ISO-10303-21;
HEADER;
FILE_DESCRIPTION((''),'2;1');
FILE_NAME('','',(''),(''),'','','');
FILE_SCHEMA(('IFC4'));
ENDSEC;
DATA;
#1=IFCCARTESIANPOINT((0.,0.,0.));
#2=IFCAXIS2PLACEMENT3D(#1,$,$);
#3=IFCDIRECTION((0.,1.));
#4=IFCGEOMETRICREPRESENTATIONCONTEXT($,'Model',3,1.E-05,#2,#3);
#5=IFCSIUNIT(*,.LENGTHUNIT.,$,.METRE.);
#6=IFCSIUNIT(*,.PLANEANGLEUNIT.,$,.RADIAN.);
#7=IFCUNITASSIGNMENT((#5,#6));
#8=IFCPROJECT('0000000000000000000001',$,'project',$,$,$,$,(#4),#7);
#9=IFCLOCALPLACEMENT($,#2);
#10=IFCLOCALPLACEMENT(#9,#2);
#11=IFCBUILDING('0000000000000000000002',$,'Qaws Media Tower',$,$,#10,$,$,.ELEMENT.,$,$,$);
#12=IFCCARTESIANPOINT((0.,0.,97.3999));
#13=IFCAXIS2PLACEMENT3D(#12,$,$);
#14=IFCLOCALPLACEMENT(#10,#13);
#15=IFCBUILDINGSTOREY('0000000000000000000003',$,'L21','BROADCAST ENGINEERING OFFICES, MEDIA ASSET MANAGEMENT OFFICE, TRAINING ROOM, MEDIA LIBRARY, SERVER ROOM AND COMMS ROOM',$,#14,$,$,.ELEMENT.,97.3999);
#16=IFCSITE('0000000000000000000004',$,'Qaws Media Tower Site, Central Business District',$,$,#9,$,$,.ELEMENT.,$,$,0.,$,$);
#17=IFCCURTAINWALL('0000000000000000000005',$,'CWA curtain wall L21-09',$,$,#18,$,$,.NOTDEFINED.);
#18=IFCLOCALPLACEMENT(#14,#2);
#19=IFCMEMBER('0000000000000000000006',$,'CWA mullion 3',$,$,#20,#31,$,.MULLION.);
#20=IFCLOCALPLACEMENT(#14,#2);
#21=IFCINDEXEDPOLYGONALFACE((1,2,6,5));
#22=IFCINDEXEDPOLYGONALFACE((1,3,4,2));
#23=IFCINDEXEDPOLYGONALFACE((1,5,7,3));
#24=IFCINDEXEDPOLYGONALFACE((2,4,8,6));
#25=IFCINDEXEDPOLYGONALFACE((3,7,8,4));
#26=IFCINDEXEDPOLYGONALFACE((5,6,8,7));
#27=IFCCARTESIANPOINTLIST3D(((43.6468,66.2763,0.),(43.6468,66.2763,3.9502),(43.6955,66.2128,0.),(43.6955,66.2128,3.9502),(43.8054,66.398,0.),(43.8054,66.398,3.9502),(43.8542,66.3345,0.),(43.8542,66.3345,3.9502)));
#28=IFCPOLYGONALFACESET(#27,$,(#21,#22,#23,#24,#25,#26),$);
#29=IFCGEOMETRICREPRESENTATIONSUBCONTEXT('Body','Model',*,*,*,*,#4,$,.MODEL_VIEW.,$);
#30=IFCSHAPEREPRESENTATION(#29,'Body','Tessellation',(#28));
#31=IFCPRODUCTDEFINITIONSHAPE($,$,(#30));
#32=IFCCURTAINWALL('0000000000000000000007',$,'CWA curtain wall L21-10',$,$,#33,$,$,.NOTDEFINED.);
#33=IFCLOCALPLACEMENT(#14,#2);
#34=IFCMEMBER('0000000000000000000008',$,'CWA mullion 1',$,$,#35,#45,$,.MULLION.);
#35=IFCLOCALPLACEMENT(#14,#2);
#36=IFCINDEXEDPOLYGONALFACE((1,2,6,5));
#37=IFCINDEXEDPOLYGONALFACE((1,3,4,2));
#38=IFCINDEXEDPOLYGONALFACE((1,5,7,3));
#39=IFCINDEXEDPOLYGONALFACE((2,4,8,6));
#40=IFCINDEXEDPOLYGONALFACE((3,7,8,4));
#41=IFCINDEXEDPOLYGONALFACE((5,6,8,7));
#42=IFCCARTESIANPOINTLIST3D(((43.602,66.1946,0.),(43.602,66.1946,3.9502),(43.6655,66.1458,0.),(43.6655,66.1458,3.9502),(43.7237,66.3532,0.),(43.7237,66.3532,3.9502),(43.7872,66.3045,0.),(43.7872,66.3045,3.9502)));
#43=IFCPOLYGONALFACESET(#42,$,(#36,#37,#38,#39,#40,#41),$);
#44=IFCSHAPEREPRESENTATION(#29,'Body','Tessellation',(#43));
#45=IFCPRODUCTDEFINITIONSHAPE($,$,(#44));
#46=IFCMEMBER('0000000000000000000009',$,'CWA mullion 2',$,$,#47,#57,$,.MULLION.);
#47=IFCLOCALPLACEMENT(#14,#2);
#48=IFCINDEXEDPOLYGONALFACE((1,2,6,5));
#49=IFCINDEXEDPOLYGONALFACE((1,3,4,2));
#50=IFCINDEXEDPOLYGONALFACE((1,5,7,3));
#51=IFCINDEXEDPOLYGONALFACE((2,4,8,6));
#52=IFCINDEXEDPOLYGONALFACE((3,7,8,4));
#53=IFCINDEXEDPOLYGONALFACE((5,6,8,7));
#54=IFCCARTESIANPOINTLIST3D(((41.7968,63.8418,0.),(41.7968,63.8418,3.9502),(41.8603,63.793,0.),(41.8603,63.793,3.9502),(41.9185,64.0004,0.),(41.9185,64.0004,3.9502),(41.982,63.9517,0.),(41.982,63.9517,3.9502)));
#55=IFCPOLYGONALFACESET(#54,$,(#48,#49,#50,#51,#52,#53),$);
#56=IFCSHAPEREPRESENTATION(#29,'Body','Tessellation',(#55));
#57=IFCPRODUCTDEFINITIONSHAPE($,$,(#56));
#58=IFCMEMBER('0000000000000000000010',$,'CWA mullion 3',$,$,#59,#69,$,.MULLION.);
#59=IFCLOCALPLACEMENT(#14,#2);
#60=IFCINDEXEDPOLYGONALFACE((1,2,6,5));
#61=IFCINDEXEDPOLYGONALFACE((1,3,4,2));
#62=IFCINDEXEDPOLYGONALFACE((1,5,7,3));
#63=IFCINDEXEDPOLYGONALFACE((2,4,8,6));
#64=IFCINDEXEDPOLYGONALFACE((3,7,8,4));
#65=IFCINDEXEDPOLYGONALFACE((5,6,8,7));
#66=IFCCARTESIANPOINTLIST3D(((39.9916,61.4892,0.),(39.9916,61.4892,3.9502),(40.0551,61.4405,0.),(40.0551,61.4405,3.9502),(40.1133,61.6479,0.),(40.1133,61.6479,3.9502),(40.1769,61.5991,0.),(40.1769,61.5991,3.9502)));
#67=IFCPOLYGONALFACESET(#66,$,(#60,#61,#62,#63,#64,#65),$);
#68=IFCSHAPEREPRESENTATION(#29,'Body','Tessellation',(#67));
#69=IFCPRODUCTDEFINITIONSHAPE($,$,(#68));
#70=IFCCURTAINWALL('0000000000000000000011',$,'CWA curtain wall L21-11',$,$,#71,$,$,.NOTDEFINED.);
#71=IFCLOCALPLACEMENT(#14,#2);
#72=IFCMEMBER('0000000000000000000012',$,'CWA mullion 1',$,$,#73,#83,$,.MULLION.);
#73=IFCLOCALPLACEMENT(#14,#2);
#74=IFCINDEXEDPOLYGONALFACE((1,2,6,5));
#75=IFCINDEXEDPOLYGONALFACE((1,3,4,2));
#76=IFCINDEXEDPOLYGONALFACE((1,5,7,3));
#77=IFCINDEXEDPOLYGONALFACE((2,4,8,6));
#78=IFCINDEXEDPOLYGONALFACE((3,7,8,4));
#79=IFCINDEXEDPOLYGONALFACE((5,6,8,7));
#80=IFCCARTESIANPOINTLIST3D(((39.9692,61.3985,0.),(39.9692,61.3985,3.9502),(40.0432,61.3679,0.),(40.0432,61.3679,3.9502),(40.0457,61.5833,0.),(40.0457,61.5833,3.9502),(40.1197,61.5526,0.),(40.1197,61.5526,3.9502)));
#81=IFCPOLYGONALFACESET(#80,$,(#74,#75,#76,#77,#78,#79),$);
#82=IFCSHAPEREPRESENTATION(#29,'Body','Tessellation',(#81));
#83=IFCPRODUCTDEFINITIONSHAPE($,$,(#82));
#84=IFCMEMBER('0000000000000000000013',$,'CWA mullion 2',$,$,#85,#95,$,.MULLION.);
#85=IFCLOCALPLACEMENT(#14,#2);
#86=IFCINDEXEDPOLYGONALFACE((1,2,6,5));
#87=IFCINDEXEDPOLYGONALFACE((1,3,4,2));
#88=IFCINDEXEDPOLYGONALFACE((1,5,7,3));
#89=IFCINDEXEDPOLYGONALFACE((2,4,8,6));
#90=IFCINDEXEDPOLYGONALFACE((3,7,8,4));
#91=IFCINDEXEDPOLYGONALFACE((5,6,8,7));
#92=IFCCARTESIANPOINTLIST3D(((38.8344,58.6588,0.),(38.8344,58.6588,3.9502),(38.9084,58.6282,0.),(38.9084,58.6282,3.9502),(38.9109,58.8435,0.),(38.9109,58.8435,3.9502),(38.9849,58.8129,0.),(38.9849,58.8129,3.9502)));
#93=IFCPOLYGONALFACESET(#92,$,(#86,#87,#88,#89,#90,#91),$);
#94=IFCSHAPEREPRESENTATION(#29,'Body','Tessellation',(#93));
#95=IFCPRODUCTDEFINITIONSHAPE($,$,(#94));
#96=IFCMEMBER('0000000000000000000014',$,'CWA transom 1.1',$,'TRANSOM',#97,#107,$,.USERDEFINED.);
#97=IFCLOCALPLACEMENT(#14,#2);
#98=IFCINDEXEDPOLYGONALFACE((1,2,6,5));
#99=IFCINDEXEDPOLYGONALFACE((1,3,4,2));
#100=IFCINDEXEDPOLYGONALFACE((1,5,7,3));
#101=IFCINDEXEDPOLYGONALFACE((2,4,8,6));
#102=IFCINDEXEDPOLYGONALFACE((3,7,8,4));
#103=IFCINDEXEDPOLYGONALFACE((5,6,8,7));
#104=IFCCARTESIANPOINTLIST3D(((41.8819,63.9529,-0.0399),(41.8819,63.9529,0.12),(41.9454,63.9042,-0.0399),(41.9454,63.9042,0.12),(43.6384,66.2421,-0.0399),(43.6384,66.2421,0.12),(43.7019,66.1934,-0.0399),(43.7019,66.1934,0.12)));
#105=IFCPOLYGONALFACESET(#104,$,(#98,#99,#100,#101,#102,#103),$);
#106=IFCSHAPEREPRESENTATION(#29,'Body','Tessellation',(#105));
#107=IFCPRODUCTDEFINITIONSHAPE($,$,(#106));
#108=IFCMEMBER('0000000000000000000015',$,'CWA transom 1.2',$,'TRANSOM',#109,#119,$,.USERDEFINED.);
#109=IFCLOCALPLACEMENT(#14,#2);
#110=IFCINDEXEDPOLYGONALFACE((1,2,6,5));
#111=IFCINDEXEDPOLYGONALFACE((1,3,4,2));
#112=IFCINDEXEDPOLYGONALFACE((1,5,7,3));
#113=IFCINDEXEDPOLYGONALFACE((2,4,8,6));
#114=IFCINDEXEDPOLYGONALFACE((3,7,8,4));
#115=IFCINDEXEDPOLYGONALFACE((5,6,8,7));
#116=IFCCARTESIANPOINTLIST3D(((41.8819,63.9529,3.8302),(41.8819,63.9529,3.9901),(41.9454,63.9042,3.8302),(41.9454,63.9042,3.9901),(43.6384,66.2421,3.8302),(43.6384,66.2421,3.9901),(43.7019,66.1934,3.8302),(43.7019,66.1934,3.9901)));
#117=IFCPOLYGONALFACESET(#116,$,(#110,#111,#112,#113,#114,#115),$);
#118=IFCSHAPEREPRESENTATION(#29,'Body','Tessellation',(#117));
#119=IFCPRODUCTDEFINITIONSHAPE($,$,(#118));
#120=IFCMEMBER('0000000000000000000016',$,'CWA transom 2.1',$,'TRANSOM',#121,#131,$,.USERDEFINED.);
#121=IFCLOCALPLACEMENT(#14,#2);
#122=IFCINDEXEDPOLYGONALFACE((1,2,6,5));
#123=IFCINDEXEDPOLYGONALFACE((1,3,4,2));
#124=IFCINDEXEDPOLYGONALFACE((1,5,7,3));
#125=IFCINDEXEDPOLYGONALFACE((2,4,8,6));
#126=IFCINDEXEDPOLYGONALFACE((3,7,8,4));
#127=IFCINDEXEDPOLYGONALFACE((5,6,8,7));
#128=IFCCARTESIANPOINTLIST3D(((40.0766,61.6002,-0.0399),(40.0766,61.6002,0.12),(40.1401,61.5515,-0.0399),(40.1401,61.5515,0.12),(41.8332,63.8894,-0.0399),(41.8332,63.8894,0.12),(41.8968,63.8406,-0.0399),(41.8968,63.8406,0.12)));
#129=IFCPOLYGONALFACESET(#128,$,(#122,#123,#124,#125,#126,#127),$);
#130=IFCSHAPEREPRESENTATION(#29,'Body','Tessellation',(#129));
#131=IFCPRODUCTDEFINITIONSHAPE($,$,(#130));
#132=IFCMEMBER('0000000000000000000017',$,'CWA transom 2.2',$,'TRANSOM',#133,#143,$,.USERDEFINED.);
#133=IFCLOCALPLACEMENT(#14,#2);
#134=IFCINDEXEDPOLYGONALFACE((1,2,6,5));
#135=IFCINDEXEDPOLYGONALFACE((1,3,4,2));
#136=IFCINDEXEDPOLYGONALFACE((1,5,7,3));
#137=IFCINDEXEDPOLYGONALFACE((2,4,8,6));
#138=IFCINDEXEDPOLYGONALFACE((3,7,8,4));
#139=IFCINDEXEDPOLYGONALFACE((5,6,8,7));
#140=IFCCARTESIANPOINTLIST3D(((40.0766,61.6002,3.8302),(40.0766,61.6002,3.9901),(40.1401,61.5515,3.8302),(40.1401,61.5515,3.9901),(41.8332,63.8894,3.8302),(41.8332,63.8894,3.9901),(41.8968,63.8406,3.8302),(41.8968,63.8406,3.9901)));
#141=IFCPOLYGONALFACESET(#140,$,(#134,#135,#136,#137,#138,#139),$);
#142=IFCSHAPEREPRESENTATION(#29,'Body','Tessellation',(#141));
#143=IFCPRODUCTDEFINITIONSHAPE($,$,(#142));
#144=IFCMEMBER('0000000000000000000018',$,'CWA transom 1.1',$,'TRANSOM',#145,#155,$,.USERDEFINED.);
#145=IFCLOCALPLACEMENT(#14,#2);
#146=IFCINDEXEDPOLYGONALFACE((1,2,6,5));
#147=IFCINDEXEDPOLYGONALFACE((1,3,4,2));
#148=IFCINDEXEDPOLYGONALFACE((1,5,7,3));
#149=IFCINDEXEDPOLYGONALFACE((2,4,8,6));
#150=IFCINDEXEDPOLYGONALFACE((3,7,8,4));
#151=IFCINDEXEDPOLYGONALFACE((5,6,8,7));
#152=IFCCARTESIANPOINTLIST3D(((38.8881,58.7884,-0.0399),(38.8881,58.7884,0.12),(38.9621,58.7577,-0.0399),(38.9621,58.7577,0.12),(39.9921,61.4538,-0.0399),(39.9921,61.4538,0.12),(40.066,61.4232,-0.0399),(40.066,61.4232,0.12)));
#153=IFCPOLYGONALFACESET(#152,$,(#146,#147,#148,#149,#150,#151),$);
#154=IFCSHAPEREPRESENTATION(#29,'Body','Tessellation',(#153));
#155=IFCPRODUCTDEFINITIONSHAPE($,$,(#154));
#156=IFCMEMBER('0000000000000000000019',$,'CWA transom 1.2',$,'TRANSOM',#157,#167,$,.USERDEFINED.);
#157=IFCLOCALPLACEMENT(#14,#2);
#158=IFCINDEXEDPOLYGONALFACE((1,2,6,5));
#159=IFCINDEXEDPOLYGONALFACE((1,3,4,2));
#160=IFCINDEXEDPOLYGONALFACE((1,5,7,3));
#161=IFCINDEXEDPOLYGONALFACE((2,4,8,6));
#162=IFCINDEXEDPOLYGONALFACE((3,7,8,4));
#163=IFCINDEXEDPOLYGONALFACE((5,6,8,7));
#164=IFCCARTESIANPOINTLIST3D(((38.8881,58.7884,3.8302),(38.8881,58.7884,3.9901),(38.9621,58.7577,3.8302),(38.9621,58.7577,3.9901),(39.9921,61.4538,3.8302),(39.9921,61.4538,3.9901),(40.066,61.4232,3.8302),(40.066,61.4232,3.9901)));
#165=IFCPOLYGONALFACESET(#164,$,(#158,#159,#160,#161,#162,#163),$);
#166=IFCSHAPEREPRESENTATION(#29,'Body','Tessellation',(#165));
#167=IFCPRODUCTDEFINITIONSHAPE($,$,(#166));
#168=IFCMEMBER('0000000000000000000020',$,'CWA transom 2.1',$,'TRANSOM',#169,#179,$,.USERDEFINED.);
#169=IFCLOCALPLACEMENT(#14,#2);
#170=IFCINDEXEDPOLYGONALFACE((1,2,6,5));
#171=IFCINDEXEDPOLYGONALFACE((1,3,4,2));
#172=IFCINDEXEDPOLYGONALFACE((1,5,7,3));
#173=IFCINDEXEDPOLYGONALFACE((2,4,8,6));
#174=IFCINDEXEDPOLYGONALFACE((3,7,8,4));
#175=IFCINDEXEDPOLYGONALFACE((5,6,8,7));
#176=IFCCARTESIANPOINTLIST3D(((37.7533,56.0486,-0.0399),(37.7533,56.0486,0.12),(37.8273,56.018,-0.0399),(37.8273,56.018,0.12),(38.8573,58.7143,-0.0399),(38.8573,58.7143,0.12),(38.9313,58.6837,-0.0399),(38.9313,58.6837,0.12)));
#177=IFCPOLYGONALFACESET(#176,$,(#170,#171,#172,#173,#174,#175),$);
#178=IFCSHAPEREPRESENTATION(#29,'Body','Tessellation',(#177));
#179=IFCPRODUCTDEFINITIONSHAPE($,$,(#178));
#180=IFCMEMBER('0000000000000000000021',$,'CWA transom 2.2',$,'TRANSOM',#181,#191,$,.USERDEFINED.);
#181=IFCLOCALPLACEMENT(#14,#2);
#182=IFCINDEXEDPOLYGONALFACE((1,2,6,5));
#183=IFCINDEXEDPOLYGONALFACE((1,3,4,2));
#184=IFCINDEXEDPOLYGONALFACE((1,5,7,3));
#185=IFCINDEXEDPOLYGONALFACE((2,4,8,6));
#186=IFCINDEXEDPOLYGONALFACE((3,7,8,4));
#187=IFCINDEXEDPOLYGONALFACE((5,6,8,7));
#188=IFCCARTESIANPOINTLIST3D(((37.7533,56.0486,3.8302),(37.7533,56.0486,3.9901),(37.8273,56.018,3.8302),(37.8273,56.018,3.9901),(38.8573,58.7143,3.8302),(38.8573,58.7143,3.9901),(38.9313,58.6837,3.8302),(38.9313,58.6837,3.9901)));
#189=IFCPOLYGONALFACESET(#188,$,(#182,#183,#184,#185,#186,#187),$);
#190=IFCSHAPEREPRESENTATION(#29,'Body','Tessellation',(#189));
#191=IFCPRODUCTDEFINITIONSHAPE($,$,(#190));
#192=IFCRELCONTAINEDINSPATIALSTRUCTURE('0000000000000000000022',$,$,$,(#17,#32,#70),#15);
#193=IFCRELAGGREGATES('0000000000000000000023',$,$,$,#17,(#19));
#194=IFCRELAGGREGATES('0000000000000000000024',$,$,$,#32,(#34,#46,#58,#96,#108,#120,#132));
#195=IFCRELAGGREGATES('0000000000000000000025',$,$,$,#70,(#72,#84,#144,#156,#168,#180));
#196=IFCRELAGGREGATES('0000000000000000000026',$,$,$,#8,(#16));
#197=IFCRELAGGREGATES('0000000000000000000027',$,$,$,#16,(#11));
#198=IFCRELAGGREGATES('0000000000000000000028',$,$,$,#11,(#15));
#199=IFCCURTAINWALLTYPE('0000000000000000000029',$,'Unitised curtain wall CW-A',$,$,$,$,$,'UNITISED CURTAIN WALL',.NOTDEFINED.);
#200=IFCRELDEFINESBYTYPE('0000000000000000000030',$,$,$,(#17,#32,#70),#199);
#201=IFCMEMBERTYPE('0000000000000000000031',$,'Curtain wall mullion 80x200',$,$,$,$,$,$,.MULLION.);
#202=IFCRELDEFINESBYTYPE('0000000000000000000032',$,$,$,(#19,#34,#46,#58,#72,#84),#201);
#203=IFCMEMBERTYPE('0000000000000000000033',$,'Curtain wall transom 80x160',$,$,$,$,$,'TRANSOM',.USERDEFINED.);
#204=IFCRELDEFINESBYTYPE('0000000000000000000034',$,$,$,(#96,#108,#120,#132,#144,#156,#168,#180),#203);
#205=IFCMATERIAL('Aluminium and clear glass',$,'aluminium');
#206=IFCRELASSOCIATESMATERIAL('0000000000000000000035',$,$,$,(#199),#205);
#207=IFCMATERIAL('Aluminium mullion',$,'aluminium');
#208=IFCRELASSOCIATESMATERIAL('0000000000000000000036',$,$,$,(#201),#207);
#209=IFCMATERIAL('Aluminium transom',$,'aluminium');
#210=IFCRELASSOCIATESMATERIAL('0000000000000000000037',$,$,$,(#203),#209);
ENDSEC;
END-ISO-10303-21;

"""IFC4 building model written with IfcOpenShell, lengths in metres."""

from ifc_helpers import new_model, si_unit, direction, frame, origin, origin_2d, place, context, subcontext, project, spatial, rectangle, extrude, material, material_profile, profile_set, type_object, element, aggregate, save


model = new_model("IFC4")

# Units and contexts
model_context = context("Model", 3, precision=1e-05, world=origin(), true_north=direction((0.0, 1.0)))
body_context = subcontext(model_context, "Body", "Model", "MODEL_VIEW")
ifc_project = project(units=[si_unit("LENGTHUNIT", "METRE"), si_unit("PLANEANGLEUNIT", "RADIAN")], contexts=[model_context])

# Site, building, storey
site_placement = place(None, origin())
site = spatial("IfcSite", under=ifc_project, at=site_placement, Name="Qaws Media Tower Site, Central Business District", CompositionType="ELEMENT", RefElevation=0.0)
building_placement = place(site_placement, origin())
building = spatial("IfcBuilding", under=site, at=building_placement, Name="Qaws Media Tower", CompositionType="ELEMENT")
storey_placement = place(building_placement, frame((0.0, 0.0, 97.3999)))
storey = spatial("IfcBuildingStorey", under=building, at=storey_placement, Name="L21", Description="BROADCAST ENGINEERING OFFICES, MEDIA ASSET MANAGEMENT OFFICE, TRAINING ROOM, MEDIA LIBRARY, SERVER ROOM AND COMMS ROOM", CompositionType="ELEMENT", Elevation=97.3999)

# Curtain wall, member
ifc_material_1 = material(Name="Aluminium and clear glass", Category="aluminium")
curtain_wall_type = type_object("IfcCurtainWallType", Name="Unitised curtain wall CW-A", ElementType="UNITISED CURTAIN WALL", PredefinedType="NOTDEFINED", material=ifc_material_1)
curtain_wall_1_placement = place(storey_placement, origin())
curtain_wall_1 = element("IfcCurtainWall", 1, at=curtain_wall_1_placement, inside=storey, type_object=curtain_wall_type, Name="CWA curtain wall L21-09", PredefinedType="NOTDEFINED")
ifc_material_2 = material(Name="Aluminium mullion", Category="aluminium")
ifc_material_profile_1 = material_profile(ifc_material_2, rectangle(XDim=0.0801, YDim=0.2, at=origin_2d()), Name="80x200")
ifc_profile_set_1 = profile_set([ifc_material_profile_1], Name="Aluminium mullion")
member_type_1 = type_object("IfcMemberType", Name="Curtain wall mullion 80x200", PredefinedType="MULLION", material=ifc_profile_set_1)
member_1_placement = place(storey_placement, frame((43.7505, 66.3054, 0.0), z_axis=(0.0, 0.0, 1.0), x_axis=(0.608761, -0.793353, 0.0)))
member_1 = element("IfcMember", 2, at=member_1_placement, type_object=member_type_1, Name="CWA mullion 3", PredefinedType="MULLION", context=body_context, shape_type="SweptSolid", body=[
    extrude(rectangle(XDim=0.0801, YDim=0.2, at=origin_2d()), origin(), (0.0, 0.0, 1.0), 3.9502),
])

# Curtain walls, members
curtain_wall_2_placement = place(storey_placement, origin())
curtain_wall_2 = element("IfcCurtainWall", 3, at=curtain_wall_2_placement, inside=storey, type_object=curtain_wall_type, Name="CWA curtain wall L21-10", PredefinedType="NOTDEFINED")
member_2_placement = place(storey_placement, frame((43.6946, 66.2495, 0.0), z_axis=(0.0, 0.0, 1.0), x_axis=(0.793353, -0.608761, 0.0)))
member_2 = element("IfcMember", 4, at=member_2_placement, type_object=member_type_1, Name="CWA mullion 1", PredefinedType="MULLION", context=body_context, shape_type="SweptSolid", body=[
    extrude(rectangle(XDim=0.0801, YDim=0.2, at=origin_2d()), origin(), (0.0, 0.0, 1.0), 3.9502),
])
member_3_placement = place(storey_placement, frame((41.8894, 63.8967, 0.0), z_axis=(0.0, 0.0, 1.0), x_axis=(0.793353, -0.608761, 0.0)))
member_3 = element("IfcMember", 5, at=member_3_placement, type_object=member_type_1, Name="CWA mullion 2", PredefinedType="MULLION", context=body_context, shape_type="SweptSolid", body=[
    extrude(rectangle(XDim=0.0801, YDim=0.2, at=origin_2d()), origin(), (0.0, 0.0, 1.0), 3.9502),
])
member_4_placement = place(storey_placement, frame((40.0842, 61.5442, 0.0), z_axis=(0.0, 0.0, 1.0), x_axis=(0.793353, -0.608761, 0.0)))
member_4 = element("IfcMember", 6, at=member_4_placement, type_object=member_type_1, Name="CWA mullion 3", PredefinedType="MULLION", context=body_context, shape_type="SweptSolid", body=[
    extrude(rectangle(XDim=0.0801, YDim=0.2, at=origin_2d()), origin(), (0.0, 0.0, 1.0), 3.9502),
])
curtain_wall_3_placement = place(storey_placement, origin())
curtain_wall_3 = element("IfcCurtainWall", 7, at=curtain_wall_3_placement, inside=storey, type_object=curtain_wall_type, Name="CWA curtain wall L21-11", PredefinedType="NOTDEFINED")
member_5_placement = place(storey_placement, frame((40.0444, 61.4756, 0.0), z_axis=(0.0, 0.0, 1.0), x_axis=(0.92388, -0.382683, 0.0)))
member_5 = element("IfcMember", 8, at=member_5_placement, type_object=member_type_1, Name="CWA mullion 1", PredefinedType="MULLION", context=body_context, shape_type="SweptSolid", body=[
    extrude(rectangle(XDim=0.0801, YDim=0.2, at=origin_2d()), origin(), (0.0, 0.0, 1.0), 3.9502),
])
member_6_placement = place(storey_placement, frame((38.9097, 58.7358, 0.0), z_axis=(0.0, 0.0, 1.0), x_axis=(0.92388, -0.382683, 0.0)))
member_6 = element("IfcMember", 9, at=member_6_placement, type_object=member_type_1, Name="CWA mullion 2", PredefinedType="MULLION", context=body_context, shape_type="SweptSolid", body=[
    extrude(rectangle(XDim=0.0801, YDim=0.2, at=origin_2d()), origin(), (0.0, 0.0, 1.0), 3.9502),
])

# Members
ifc_material_3 = material(Name="Aluminium transom", Category="aluminium")
ifc_material_profile_2 = material_profile(ifc_material_3, rectangle(XDim=0.0801, YDim=0.1599, at=origin_2d()), Name="80x160")
ifc_profile_set_2 = profile_set([ifc_material_profile_2], Name="Aluminium transom")
member_type_2 = type_object("IfcMemberType", Name="Curtain wall transom 80x160", ElementType="TRANSOM", PredefinedType="USERDEFINED", material=ifc_profile_set_2)
member_7_placement = place(storey_placement, frame((43.6702, 66.2178, 0.04), z_axis=(-0.608749, -0.793363, 0.0), x_axis=(0.793363, -0.608749, 0.0)))
member_7 = element("IfcMember", 10, at=member_7_placement, type_object=member_type_2, Name="CWA transom 1.1", ObjectType="TRANSOM", PredefinedType="USERDEFINED", context=body_context, shape_type="SweptSolid", body=[
    extrude(rectangle(XDim=0.0801, YDim=0.1599, at=origin_2d()), origin(), (0.0, 0.0, 1.0), 2.8855),
])
member_8_placement = place(storey_placement, frame((43.6702, 66.2178, 3.9102), z_axis=(-0.608749, -0.793363, 0.0), x_axis=(0.793363, -0.608749, 0.0)))
member_8 = element("IfcMember", 11, at=member_8_placement, type_object=member_type_2, Name="CWA transom 1.2", ObjectType="TRANSOM", PredefinedType="USERDEFINED", context=body_context, shape_type="SweptSolid", body=[
    extrude(rectangle(XDim=0.0801, YDim=0.1599, at=origin_2d()), origin(), (0.0, 0.0, 1.0), 2.8855),
])
member_9_placement = place(storey_placement, frame((41.865, 63.865, 0.04), z_axis=(-0.60879, -0.793331, 0.0), x_axis=(0.793331, -0.60879, 0.0)))
member_9 = element("IfcMember", 12, at=member_9_placement, type_object=member_type_2, Name="CWA transom 2.1", ObjectType="TRANSOM", PredefinedType="USERDEFINED", context=body_context, shape_type="SweptSolid", body=[
    extrude(rectangle(XDim=0.0801, YDim=0.1599, at=origin_2d()), origin(), (0.0, 0.0, 1.0), 2.8855),
])
member_10_placement = place(storey_placement, frame((41.865, 63.865, 3.9102), z_axis=(-0.60879, -0.793331, 0.0), x_axis=(0.793331, -0.60879, 0.0)))
member_10 = element("IfcMember", 13, at=member_10_placement, type_object=member_type_2, Name="CWA transom 2.2", ObjectType="TRANSOM", PredefinedType="USERDEFINED", context=body_context, shape_type="SweptSolid", body=[
    extrude(rectangle(XDim=0.0801, YDim=0.1599, at=origin_2d()), origin(), (0.0, 0.0, 1.0), 2.8855),
])
member_11_placement = place(storey_placement, frame((40.0291, 61.4385, 0.04), z_axis=(-0.382656, -0.923891, 0.0), x_axis=(0.923891, -0.382656, 0.0)))
member_11 = element("IfcMember", 14, at=member_11_placement, type_object=member_type_2, Name="CWA transom 1.1", ObjectType="TRANSOM", PredefinedType="USERDEFINED", context=body_context, shape_type="SweptSolid", body=[
    extrude(rectangle(XDim=0.0801, YDim=0.1599, at=origin_2d()), origin(), (0.0, 0.0, 1.0), 2.885),
])
member_12_placement = place(storey_placement, frame((40.0291, 61.4385, 3.9102), z_axis=(-0.382656, -0.923891, 0.0), x_axis=(0.923891, -0.382656, 0.0)))
member_12 = element("IfcMember", 15, at=member_12_placement, type_object=member_type_2, Name="CWA transom 1.2", ObjectType="TRANSOM", PredefinedType="USERDEFINED", context=body_context, shape_type="SweptSolid", body=[
    extrude(rectangle(XDim=0.0801, YDim=0.1599, at=origin_2d()), origin(), (0.0, 0.0, 1.0), 2.885),
])
member_13_placement = place(storey_placement, frame((38.8943, 58.699, 0.04), z_axis=(-0.382626, -0.923903, 0.0), x_axis=(0.923903, -0.382626, 0.0)))
member_13 = element("IfcMember", 16, at=member_13_placement, type_object=member_type_2, Name="CWA transom 2.1", ObjectType="TRANSOM", PredefinedType="USERDEFINED", context=body_context, shape_type="SweptSolid", body=[
    extrude(rectangle(XDim=0.0801, YDim=0.1599, at=origin_2d()), origin(), (0.0, 0.0, 1.0), 2.8853),
])
member_14_placement = place(storey_placement, frame((38.8943, 58.699, 3.9102), z_axis=(-0.382626, -0.923903, 0.0), x_axis=(0.923903, -0.382626, 0.0)))
member_14 = element("IfcMember", 17, at=member_14_placement, type_object=member_type_2, Name="CWA transom 2.2", ObjectType="TRANSOM", PredefinedType="USERDEFINED", context=body_context, shape_type="SweptSolid", body=[
    extrude(rectangle(XDim=0.0801, YDim=0.1599, at=origin_2d()), origin(), (0.0, 0.0, 1.0), 2.8853),
])

aggregate(curtain_wall_1, [member_1])
aggregate(curtain_wall_2, [member_2, member_3, member_4, member_7, member_8, member_9, member_10])
aggregate(curtain_wall_3, [member_5, member_6, member_11, member_12, member_13, member_14])

save(model, "model.ifc")
